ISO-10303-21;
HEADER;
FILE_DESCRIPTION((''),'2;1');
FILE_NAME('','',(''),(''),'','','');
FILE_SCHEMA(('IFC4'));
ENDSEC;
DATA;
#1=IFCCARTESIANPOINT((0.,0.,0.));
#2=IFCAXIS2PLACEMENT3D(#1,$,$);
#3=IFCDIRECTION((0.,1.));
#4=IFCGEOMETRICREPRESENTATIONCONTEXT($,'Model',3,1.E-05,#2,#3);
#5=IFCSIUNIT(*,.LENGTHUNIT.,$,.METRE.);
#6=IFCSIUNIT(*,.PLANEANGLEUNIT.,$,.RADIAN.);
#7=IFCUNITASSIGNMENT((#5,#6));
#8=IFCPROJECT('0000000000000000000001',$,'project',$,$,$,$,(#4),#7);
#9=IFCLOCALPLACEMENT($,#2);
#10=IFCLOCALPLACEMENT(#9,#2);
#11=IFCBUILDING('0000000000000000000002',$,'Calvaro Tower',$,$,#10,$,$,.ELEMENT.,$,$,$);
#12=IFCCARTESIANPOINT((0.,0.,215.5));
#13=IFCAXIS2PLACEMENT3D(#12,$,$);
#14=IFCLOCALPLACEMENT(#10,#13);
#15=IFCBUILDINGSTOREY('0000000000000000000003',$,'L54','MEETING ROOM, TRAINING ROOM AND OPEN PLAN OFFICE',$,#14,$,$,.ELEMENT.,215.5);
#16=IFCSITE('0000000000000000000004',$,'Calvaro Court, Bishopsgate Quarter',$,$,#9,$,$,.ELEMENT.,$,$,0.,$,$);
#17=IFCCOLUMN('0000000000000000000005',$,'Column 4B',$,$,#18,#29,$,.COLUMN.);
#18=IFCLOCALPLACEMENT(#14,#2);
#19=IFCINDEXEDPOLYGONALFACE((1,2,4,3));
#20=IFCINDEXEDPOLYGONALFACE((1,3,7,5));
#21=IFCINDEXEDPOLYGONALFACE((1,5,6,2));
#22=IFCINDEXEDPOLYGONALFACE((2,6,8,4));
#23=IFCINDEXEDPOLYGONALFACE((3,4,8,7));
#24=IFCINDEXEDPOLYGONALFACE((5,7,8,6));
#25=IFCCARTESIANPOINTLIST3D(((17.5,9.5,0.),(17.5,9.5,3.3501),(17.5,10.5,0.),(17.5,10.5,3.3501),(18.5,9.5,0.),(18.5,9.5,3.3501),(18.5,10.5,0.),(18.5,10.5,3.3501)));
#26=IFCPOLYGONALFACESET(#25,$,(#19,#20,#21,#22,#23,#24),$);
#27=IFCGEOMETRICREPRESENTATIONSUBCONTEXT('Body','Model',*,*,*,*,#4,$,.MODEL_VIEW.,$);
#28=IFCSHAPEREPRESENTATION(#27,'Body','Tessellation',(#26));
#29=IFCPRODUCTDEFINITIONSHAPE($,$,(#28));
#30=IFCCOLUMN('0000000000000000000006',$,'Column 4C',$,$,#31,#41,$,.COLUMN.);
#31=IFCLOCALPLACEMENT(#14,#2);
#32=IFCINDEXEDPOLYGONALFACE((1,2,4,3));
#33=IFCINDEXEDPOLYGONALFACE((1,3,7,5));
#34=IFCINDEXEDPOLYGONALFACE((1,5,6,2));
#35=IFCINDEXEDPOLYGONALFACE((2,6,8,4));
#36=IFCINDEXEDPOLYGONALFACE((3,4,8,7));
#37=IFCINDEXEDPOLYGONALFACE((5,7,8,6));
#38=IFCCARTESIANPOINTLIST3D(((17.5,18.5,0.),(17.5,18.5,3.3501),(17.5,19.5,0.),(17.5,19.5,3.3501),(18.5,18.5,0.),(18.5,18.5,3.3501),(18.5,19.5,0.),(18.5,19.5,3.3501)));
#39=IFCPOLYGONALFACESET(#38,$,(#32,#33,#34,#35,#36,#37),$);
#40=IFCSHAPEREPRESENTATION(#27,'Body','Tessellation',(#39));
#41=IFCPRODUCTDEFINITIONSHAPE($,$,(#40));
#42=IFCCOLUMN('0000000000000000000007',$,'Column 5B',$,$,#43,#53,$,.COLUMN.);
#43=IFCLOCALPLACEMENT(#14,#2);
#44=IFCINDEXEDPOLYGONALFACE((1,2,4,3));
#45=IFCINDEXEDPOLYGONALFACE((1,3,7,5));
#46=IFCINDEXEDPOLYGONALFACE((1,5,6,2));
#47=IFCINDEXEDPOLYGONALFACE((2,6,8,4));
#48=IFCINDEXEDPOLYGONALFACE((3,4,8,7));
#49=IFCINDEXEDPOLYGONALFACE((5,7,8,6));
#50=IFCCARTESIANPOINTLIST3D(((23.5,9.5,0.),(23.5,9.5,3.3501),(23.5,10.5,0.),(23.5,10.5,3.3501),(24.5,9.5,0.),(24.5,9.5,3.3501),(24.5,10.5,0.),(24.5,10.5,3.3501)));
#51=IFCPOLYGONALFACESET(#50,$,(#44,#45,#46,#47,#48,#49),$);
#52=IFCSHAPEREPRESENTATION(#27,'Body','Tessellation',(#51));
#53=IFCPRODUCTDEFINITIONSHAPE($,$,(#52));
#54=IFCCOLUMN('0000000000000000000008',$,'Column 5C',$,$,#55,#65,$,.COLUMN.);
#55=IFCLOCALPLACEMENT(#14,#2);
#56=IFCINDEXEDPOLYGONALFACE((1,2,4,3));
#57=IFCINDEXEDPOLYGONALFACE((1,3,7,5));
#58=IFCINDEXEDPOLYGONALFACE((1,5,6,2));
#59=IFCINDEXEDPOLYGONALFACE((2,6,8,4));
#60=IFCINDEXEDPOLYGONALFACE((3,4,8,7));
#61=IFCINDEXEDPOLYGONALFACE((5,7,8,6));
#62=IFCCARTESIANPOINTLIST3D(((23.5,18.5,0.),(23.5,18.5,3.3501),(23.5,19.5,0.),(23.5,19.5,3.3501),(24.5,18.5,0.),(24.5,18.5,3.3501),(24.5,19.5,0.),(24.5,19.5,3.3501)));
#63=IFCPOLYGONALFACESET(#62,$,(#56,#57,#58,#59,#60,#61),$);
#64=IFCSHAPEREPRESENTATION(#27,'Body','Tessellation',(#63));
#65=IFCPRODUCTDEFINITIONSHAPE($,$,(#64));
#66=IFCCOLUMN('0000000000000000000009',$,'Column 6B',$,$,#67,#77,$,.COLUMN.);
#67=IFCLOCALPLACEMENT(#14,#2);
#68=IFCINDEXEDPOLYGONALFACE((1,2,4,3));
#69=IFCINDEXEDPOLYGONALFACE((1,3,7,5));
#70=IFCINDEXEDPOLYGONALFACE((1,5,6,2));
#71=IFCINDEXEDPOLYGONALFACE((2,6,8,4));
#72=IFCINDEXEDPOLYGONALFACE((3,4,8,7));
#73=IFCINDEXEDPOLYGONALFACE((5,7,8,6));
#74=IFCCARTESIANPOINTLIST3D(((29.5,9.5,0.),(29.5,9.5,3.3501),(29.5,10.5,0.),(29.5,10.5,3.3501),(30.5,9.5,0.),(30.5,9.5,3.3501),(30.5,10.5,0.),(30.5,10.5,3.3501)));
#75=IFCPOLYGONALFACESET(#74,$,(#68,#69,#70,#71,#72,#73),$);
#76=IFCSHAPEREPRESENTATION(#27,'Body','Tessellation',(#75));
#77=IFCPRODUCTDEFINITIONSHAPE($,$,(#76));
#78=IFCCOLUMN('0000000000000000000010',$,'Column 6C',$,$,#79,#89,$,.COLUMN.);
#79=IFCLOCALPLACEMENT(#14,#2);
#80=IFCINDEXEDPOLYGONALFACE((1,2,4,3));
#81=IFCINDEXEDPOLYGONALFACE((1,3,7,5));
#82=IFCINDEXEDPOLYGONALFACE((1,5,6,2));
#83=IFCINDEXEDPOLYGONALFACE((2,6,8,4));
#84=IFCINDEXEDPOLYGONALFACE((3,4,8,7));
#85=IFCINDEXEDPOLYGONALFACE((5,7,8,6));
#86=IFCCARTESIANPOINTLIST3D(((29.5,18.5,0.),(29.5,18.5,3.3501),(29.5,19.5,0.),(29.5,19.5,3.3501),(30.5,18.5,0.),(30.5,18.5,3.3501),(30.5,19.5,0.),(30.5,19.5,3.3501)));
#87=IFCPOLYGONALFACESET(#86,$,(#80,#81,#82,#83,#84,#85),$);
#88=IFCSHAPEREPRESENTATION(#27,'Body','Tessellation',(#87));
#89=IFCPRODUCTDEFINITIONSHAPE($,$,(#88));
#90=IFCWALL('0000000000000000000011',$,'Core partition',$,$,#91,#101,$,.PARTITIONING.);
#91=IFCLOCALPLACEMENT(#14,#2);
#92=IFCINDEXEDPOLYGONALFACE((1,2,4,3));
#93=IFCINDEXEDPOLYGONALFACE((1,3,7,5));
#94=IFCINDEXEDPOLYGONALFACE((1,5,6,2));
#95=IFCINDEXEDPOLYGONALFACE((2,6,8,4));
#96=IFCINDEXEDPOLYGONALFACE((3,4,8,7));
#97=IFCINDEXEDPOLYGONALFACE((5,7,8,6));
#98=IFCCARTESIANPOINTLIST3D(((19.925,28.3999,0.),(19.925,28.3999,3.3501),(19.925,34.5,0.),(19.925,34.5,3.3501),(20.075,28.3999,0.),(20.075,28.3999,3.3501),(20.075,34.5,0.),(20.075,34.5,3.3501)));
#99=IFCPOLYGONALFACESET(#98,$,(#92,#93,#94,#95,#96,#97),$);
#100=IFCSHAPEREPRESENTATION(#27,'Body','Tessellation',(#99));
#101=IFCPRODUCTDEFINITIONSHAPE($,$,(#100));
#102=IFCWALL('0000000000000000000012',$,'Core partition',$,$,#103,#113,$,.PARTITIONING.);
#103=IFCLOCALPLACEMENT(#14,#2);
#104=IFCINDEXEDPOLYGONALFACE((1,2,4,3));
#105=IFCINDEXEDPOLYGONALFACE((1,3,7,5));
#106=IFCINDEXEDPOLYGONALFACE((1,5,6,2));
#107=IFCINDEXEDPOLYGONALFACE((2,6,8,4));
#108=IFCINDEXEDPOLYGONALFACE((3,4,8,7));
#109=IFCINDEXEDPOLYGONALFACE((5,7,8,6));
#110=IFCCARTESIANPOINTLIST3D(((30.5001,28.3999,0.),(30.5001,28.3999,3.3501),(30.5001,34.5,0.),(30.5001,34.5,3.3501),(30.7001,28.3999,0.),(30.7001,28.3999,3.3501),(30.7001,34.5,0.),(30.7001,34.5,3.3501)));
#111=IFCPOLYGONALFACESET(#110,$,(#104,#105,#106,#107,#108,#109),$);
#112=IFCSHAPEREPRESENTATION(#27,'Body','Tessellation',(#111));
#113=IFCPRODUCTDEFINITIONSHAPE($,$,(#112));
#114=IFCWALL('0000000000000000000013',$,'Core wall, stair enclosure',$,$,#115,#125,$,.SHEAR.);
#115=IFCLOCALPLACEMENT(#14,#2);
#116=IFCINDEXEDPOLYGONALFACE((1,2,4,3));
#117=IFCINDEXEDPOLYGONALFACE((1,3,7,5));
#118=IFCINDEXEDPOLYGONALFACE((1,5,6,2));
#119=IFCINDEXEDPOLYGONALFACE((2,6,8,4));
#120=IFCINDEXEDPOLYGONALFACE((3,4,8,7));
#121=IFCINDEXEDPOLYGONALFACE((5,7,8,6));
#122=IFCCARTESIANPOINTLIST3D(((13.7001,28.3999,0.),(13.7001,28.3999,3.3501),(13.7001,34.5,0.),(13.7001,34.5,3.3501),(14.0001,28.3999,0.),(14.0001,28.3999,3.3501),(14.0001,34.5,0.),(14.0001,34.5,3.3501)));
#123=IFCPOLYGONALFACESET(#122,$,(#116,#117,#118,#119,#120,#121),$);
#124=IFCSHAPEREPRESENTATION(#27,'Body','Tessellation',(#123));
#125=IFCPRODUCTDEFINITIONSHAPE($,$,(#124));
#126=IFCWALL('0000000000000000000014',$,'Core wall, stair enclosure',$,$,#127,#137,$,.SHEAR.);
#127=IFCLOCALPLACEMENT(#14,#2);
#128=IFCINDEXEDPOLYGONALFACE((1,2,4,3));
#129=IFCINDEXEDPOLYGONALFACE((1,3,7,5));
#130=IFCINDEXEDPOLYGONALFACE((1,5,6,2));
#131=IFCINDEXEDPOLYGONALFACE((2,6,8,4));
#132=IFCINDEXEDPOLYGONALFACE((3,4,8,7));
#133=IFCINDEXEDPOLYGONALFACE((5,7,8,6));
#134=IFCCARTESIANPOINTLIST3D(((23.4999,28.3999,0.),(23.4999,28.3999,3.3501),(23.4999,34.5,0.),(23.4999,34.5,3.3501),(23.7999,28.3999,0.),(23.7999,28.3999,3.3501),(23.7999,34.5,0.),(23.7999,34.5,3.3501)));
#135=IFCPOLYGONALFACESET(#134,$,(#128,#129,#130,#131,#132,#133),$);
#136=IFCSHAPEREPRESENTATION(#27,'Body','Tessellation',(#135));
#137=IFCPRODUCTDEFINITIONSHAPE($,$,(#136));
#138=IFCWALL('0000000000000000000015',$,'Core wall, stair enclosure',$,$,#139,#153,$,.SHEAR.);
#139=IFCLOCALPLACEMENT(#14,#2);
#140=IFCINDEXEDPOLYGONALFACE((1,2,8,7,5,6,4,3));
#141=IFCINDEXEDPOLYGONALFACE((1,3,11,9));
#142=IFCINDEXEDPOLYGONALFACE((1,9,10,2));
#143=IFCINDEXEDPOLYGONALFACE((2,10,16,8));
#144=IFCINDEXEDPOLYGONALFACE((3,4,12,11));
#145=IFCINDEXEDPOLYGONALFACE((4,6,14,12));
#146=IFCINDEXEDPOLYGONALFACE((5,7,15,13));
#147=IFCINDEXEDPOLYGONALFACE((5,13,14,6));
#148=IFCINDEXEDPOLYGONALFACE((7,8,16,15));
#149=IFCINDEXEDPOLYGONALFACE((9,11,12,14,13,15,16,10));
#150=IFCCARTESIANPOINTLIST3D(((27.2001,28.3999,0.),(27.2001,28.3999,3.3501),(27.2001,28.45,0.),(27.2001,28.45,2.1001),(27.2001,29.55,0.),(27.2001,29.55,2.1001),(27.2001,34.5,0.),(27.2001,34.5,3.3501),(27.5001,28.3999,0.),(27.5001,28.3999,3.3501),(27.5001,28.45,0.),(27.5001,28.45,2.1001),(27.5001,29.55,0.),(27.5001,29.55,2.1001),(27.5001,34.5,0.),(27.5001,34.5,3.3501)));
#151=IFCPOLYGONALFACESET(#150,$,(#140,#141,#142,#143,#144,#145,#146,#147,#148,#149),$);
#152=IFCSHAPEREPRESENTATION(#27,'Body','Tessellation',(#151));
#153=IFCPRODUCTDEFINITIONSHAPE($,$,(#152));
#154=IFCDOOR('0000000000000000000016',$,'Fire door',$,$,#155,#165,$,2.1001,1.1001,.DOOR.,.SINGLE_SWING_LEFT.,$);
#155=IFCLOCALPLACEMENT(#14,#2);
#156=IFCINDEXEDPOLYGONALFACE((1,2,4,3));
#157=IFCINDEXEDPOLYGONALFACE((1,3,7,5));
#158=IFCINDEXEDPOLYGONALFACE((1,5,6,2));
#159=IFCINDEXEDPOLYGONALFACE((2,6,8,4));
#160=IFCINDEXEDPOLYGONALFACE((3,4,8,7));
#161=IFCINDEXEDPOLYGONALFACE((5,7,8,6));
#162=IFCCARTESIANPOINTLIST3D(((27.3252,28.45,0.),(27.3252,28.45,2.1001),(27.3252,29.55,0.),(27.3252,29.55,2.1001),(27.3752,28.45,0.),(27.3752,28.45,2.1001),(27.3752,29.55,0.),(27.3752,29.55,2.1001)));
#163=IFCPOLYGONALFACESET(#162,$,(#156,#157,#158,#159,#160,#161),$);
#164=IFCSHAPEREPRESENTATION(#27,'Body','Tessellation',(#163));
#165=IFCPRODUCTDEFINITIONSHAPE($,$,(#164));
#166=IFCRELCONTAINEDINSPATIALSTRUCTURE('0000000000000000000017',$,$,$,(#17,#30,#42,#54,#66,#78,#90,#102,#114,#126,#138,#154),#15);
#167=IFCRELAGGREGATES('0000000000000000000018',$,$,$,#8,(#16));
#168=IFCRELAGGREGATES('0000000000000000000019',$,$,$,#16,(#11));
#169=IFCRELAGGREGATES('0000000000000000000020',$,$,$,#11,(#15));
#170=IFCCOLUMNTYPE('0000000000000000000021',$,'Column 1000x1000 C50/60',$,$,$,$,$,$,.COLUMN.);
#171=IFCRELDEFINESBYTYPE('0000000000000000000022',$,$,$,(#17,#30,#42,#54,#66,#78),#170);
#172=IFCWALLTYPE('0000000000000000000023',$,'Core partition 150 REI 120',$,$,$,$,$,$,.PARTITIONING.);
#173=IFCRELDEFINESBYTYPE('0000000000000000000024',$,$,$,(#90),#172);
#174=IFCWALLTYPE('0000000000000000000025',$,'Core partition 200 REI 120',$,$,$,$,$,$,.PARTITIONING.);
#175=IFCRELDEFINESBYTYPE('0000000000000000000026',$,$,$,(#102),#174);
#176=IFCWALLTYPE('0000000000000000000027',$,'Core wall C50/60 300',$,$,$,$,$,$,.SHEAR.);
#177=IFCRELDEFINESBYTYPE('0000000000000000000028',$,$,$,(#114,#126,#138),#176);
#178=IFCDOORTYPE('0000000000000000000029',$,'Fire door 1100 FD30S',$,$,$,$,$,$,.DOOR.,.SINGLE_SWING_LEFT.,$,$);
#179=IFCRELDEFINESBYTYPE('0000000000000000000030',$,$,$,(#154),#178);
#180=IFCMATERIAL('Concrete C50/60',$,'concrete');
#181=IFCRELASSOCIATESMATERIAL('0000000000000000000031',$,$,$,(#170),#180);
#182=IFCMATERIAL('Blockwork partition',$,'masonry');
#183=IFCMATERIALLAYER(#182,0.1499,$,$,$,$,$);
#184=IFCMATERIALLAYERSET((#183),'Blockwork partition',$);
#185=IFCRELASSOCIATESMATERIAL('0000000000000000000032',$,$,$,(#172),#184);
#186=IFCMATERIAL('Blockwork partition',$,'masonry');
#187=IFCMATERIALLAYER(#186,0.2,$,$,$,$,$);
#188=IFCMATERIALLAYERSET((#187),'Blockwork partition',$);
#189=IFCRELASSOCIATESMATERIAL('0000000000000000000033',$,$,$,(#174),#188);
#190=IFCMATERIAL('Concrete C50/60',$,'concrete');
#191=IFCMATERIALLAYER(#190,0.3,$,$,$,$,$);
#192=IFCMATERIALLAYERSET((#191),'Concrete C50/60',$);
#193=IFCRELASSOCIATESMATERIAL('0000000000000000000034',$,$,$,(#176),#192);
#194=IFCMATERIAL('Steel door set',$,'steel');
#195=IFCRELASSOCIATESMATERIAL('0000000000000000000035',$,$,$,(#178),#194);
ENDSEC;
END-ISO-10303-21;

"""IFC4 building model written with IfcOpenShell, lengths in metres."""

from ifc_helpers import new_model, si_unit, direction, frame, frame_2d, origin, origin_2d, place, context, subcontext, project, spatial, rectangle, extrude, material, layer, layer_set, material_profile, profile_set, type_object, element, fill, save


model = new_model("IFC4")

# Units and contexts
model_context = context("Model", 3, precision=1e-05, world=origin(), true_north=direction((0.0, 1.0)))
body_context = subcontext(model_context, "Body", "Model", "MODEL_VIEW")
ifc_project = project(units=[si_unit("LENGTHUNIT", "METRE"), si_unit("PLANEANGLEUNIT", "RADIAN")], contexts=[model_context])

# Site, building, storey
site_placement = place(None, origin())
site = spatial("IfcSite", under=ifc_project, at=site_placement, Name="Calvaro Court, Bishopsgate Quarter", CompositionType="ELEMENT", RefElevation=0.0)
building_placement = place(site_placement, origin())
building = spatial("IfcBuilding", under=site, at=building_placement, Name="Calvaro Tower", CompositionType="ELEMENT")
storey_placement = place(building_placement, frame((0.0, 0.0, 215.5)))
storey = spatial("IfcBuildingStorey", under=building, at=storey_placement, Name="L54", Description="MEETING ROOM, TRAINING ROOM AND OPEN PLAN OFFICE", CompositionType="ELEMENT", Elevation=215.5)

# Columns
ifc_material_1 = material(Name="Concrete C50/60", Category="concrete")
ifc_material_profile = material_profile(ifc_material_1, rectangle(XDim=1.0, YDim=1.0, at=origin_2d()), Name="RC 1000x1000")
ifc_profile_set = profile_set([ifc_material_profile], Name="Concrete C50/60")
column_type = type_object("IfcColumnType", Name="Column 1000x1000 C50/60", PredefinedType="COLUMN", material=ifc_profile_set)
for number, where, z_axis, x_axis, name in (
    (1, (18.0, 10.0, 0.0), (0.0, 0.0, 1.0), (1.0, 0.0, 0.0), "Column 4B"),
    (2, (18.0, 19.0, 0.0), (0.0, 0.0, 1.0), (1.0, 0.0, 0.0), "Column 4C"),
    (3, (24.0, 10.0, 0.0), (0.0, 0.0, 1.0), (1.0, 0.0, 0.0), "Column 5B"),
    (4, (24.0, 19.0, 0.0), (0.0, 0.0, 1.0), (1.0, 0.0, 0.0), "Column 5C"),
    (5, (30.0, 10.0, 0.0), (0.0, 0.0, 1.0), (1.0, 0.0, 0.0), "Column 6B"),
    (6, (30.0, 19.0, 0.0), (0.0, 0.0, 1.0), (1.0, 0.0, 0.0), "Column 6C"),
):
    element("IfcColumn", number, at=place(storey_placement, frame(where, z_axis=z_axis, x_axis=x_axis)), inside=storey, type_object=column_type, Name=name, PredefinedType="COLUMN", context=body_context, shape_type="SweptSolid", body=[
        extrude(rectangle(XDim=1.0, YDim=1.0, at=origin_2d()), origin(), (0.0, 0.0, 1.0), 3.3501),
    ])

# Walls
ifc_material_2 = material(Name="Blockwork partition", Category="masonry")
ifc_layer_1 = layer(ifc_material_2, 0.1499)
ifc_layer_set_1 = layer_set([ifc_layer_1], Name="Blockwork partition")
wall_type_1 = type_object("IfcWallType", Name="Core partition 150 REI 120", PredefinedType="PARTITIONING", material=ifc_layer_set_1)
wall_1_placement = place(storey_placement, frame((20.0, 28.3999, 0.0), z_axis=(0.0, 0.0, 1.0), x_axis=(0.0, 1.0, 0.0)))
element("IfcWall", 7, at=wall_1_placement, inside=storey, type_object=wall_type_1, Name="Core partition", PredefinedType="PARTITIONING", context=body_context, shape_type="SweptSolid", body=[
    extrude(rectangle(XDim=6.1001, YDim=0.1499, at=frame_2d((3.05, 0.0))), origin(), (0.0, 0.0, 1.0), 3.3501),
])
ifc_material_3 = material(Name="Blockwork partition", Category="masonry")
ifc_layer_2 = layer(ifc_material_3, 0.2)
ifc_layer_set_2 = layer_set([ifc_layer_2], Name="Blockwork partition")
wall_type_2 = type_object("IfcWallType", Name="Core partition 200 REI 120", PredefinedType="PARTITIONING", material=ifc_layer_set_2)
wall_2_placement = place(storey_placement, frame((30.6001, 28.3999, 0.0), z_axis=(0.0, 0.0, 1.0), x_axis=(0.0, 1.0, 0.0)))
element("IfcWall", 8, at=wall_2_placement, inside=storey, type_object=wall_type_2, Name="Core partition", PredefinedType="PARTITIONING", context=body_context, shape_type="SweptSolid", body=[
    extrude(rectangle(XDim=6.1001, YDim=0.2, at=frame_2d((3.05, 0.0))), origin(), (0.0, 0.0, 1.0), 3.3501),
])
ifc_material_4 = material(Name="Concrete C50/60", Category="concrete")
ifc_layer_3 = layer(ifc_material_4, 0.3)
ifc_layer_set_3 = layer_set([ifc_layer_3], Name="Concrete C50/60")
wall_type_3 = type_object("IfcWallType", Name="Core wall C50/60 300", PredefinedType="SHEAR", material=ifc_layer_set_3)
for number, where, z_axis, x_axis, name in (
    (9, (13.8501, 28.3999, 0.0), (0.0, 0.0, 1.0), (0.0, 1.0, 0.0), "Core wall, stair enclosure"),
    (10, (23.6499, 28.3999, 0.0), (0.0, 0.0, 1.0), (0.0, 1.0, 0.0), "Core wall, stair enclosure"),
):
    element("IfcWall", number, at=place(storey_placement, frame(where, z_axis=z_axis, x_axis=x_axis)), inside=storey, type_object=wall_type_3, Name=name, PredefinedType="SHEAR", context=body_context, shape_type="SweptSolid", body=[
        extrude(rectangle(XDim=6.1001, YDim=0.3, at=frame_2d((3.05, 0.0))), origin(), (0.0, 0.0, 1.0), 3.3501),
    ])

# Wall, opening, door
wall_3_placement = place(storey_placement, frame((27.3501, 28.3999, 0.0), z_axis=(0.0, 0.0, 1.0), x_axis=(0.0, 1.0, 0.0)))
wall_3 = element("IfcWall", 11, at=wall_3_placement, inside=storey, type_object=wall_type_3, Name="Core wall, stair enclosure", PredefinedType="SHEAR", context=body_context, shape_type="SweptSolid", body=[
    extrude(rectangle(XDim=6.1001, YDim=0.3, at=frame_2d((3.05, 0.0))), origin(), (0.0, 0.0, 1.0), 3.3501),
])
opening_1_placement = place(wall_3_placement, frame((0.05, 0.0, 0.0)))
opening_1 = element("IfcOpeningElement", 12, at=opening_1_placement, cuts=wall_3, PredefinedType="OPENING", context=body_context, shape_type="SweptSolid", body=[
    extrude(rectangle(XDim=1.1001, YDim=2.1001, at=frame_2d((0.55, 1.05))), frame((0.0, 0.1599, 0.0), z_axis=(0.0, -1.0, 0.0), x_axis=(1.0, 0.0, 0.0)), (0.0, 0.0, 1.0), 0.3201),
])
ifc_material_5 = material(Name="Steel door set", Category="steel")
door_type_1 = type_object("IfcDoorType", Name="Fire door 1100 FD30S", OperationType="SINGLE_SWING_LEFT", PredefinedType="DOOR", material=ifc_material_5)
door_1_placement = place(opening_1_placement, origin())
door_1 = element("IfcDoor", 13, at=door_1_placement, inside=storey, type_object=door_type_1, Name="Fire door", OperationType="SINGLE_SWING_LEFT", OverallHeight=2.1001, OverallWidth=1.1001, PredefinedType="DOOR", context=body_context, shape_type="SweptSolid", body=[
    extrude(rectangle(XDim=1.1001, YDim=2.1001, at=frame_2d((0.55, 1.05))), frame((0.0, 0.0249, 0.0), z_axis=(0.0, -1.0, 0.0), x_axis=(1.0, 0.0, 0.0)), (0.0, 0.0, 1.0), 0.05),
])
fill(opening_1, door_1)

save(model, "model.ifc")
